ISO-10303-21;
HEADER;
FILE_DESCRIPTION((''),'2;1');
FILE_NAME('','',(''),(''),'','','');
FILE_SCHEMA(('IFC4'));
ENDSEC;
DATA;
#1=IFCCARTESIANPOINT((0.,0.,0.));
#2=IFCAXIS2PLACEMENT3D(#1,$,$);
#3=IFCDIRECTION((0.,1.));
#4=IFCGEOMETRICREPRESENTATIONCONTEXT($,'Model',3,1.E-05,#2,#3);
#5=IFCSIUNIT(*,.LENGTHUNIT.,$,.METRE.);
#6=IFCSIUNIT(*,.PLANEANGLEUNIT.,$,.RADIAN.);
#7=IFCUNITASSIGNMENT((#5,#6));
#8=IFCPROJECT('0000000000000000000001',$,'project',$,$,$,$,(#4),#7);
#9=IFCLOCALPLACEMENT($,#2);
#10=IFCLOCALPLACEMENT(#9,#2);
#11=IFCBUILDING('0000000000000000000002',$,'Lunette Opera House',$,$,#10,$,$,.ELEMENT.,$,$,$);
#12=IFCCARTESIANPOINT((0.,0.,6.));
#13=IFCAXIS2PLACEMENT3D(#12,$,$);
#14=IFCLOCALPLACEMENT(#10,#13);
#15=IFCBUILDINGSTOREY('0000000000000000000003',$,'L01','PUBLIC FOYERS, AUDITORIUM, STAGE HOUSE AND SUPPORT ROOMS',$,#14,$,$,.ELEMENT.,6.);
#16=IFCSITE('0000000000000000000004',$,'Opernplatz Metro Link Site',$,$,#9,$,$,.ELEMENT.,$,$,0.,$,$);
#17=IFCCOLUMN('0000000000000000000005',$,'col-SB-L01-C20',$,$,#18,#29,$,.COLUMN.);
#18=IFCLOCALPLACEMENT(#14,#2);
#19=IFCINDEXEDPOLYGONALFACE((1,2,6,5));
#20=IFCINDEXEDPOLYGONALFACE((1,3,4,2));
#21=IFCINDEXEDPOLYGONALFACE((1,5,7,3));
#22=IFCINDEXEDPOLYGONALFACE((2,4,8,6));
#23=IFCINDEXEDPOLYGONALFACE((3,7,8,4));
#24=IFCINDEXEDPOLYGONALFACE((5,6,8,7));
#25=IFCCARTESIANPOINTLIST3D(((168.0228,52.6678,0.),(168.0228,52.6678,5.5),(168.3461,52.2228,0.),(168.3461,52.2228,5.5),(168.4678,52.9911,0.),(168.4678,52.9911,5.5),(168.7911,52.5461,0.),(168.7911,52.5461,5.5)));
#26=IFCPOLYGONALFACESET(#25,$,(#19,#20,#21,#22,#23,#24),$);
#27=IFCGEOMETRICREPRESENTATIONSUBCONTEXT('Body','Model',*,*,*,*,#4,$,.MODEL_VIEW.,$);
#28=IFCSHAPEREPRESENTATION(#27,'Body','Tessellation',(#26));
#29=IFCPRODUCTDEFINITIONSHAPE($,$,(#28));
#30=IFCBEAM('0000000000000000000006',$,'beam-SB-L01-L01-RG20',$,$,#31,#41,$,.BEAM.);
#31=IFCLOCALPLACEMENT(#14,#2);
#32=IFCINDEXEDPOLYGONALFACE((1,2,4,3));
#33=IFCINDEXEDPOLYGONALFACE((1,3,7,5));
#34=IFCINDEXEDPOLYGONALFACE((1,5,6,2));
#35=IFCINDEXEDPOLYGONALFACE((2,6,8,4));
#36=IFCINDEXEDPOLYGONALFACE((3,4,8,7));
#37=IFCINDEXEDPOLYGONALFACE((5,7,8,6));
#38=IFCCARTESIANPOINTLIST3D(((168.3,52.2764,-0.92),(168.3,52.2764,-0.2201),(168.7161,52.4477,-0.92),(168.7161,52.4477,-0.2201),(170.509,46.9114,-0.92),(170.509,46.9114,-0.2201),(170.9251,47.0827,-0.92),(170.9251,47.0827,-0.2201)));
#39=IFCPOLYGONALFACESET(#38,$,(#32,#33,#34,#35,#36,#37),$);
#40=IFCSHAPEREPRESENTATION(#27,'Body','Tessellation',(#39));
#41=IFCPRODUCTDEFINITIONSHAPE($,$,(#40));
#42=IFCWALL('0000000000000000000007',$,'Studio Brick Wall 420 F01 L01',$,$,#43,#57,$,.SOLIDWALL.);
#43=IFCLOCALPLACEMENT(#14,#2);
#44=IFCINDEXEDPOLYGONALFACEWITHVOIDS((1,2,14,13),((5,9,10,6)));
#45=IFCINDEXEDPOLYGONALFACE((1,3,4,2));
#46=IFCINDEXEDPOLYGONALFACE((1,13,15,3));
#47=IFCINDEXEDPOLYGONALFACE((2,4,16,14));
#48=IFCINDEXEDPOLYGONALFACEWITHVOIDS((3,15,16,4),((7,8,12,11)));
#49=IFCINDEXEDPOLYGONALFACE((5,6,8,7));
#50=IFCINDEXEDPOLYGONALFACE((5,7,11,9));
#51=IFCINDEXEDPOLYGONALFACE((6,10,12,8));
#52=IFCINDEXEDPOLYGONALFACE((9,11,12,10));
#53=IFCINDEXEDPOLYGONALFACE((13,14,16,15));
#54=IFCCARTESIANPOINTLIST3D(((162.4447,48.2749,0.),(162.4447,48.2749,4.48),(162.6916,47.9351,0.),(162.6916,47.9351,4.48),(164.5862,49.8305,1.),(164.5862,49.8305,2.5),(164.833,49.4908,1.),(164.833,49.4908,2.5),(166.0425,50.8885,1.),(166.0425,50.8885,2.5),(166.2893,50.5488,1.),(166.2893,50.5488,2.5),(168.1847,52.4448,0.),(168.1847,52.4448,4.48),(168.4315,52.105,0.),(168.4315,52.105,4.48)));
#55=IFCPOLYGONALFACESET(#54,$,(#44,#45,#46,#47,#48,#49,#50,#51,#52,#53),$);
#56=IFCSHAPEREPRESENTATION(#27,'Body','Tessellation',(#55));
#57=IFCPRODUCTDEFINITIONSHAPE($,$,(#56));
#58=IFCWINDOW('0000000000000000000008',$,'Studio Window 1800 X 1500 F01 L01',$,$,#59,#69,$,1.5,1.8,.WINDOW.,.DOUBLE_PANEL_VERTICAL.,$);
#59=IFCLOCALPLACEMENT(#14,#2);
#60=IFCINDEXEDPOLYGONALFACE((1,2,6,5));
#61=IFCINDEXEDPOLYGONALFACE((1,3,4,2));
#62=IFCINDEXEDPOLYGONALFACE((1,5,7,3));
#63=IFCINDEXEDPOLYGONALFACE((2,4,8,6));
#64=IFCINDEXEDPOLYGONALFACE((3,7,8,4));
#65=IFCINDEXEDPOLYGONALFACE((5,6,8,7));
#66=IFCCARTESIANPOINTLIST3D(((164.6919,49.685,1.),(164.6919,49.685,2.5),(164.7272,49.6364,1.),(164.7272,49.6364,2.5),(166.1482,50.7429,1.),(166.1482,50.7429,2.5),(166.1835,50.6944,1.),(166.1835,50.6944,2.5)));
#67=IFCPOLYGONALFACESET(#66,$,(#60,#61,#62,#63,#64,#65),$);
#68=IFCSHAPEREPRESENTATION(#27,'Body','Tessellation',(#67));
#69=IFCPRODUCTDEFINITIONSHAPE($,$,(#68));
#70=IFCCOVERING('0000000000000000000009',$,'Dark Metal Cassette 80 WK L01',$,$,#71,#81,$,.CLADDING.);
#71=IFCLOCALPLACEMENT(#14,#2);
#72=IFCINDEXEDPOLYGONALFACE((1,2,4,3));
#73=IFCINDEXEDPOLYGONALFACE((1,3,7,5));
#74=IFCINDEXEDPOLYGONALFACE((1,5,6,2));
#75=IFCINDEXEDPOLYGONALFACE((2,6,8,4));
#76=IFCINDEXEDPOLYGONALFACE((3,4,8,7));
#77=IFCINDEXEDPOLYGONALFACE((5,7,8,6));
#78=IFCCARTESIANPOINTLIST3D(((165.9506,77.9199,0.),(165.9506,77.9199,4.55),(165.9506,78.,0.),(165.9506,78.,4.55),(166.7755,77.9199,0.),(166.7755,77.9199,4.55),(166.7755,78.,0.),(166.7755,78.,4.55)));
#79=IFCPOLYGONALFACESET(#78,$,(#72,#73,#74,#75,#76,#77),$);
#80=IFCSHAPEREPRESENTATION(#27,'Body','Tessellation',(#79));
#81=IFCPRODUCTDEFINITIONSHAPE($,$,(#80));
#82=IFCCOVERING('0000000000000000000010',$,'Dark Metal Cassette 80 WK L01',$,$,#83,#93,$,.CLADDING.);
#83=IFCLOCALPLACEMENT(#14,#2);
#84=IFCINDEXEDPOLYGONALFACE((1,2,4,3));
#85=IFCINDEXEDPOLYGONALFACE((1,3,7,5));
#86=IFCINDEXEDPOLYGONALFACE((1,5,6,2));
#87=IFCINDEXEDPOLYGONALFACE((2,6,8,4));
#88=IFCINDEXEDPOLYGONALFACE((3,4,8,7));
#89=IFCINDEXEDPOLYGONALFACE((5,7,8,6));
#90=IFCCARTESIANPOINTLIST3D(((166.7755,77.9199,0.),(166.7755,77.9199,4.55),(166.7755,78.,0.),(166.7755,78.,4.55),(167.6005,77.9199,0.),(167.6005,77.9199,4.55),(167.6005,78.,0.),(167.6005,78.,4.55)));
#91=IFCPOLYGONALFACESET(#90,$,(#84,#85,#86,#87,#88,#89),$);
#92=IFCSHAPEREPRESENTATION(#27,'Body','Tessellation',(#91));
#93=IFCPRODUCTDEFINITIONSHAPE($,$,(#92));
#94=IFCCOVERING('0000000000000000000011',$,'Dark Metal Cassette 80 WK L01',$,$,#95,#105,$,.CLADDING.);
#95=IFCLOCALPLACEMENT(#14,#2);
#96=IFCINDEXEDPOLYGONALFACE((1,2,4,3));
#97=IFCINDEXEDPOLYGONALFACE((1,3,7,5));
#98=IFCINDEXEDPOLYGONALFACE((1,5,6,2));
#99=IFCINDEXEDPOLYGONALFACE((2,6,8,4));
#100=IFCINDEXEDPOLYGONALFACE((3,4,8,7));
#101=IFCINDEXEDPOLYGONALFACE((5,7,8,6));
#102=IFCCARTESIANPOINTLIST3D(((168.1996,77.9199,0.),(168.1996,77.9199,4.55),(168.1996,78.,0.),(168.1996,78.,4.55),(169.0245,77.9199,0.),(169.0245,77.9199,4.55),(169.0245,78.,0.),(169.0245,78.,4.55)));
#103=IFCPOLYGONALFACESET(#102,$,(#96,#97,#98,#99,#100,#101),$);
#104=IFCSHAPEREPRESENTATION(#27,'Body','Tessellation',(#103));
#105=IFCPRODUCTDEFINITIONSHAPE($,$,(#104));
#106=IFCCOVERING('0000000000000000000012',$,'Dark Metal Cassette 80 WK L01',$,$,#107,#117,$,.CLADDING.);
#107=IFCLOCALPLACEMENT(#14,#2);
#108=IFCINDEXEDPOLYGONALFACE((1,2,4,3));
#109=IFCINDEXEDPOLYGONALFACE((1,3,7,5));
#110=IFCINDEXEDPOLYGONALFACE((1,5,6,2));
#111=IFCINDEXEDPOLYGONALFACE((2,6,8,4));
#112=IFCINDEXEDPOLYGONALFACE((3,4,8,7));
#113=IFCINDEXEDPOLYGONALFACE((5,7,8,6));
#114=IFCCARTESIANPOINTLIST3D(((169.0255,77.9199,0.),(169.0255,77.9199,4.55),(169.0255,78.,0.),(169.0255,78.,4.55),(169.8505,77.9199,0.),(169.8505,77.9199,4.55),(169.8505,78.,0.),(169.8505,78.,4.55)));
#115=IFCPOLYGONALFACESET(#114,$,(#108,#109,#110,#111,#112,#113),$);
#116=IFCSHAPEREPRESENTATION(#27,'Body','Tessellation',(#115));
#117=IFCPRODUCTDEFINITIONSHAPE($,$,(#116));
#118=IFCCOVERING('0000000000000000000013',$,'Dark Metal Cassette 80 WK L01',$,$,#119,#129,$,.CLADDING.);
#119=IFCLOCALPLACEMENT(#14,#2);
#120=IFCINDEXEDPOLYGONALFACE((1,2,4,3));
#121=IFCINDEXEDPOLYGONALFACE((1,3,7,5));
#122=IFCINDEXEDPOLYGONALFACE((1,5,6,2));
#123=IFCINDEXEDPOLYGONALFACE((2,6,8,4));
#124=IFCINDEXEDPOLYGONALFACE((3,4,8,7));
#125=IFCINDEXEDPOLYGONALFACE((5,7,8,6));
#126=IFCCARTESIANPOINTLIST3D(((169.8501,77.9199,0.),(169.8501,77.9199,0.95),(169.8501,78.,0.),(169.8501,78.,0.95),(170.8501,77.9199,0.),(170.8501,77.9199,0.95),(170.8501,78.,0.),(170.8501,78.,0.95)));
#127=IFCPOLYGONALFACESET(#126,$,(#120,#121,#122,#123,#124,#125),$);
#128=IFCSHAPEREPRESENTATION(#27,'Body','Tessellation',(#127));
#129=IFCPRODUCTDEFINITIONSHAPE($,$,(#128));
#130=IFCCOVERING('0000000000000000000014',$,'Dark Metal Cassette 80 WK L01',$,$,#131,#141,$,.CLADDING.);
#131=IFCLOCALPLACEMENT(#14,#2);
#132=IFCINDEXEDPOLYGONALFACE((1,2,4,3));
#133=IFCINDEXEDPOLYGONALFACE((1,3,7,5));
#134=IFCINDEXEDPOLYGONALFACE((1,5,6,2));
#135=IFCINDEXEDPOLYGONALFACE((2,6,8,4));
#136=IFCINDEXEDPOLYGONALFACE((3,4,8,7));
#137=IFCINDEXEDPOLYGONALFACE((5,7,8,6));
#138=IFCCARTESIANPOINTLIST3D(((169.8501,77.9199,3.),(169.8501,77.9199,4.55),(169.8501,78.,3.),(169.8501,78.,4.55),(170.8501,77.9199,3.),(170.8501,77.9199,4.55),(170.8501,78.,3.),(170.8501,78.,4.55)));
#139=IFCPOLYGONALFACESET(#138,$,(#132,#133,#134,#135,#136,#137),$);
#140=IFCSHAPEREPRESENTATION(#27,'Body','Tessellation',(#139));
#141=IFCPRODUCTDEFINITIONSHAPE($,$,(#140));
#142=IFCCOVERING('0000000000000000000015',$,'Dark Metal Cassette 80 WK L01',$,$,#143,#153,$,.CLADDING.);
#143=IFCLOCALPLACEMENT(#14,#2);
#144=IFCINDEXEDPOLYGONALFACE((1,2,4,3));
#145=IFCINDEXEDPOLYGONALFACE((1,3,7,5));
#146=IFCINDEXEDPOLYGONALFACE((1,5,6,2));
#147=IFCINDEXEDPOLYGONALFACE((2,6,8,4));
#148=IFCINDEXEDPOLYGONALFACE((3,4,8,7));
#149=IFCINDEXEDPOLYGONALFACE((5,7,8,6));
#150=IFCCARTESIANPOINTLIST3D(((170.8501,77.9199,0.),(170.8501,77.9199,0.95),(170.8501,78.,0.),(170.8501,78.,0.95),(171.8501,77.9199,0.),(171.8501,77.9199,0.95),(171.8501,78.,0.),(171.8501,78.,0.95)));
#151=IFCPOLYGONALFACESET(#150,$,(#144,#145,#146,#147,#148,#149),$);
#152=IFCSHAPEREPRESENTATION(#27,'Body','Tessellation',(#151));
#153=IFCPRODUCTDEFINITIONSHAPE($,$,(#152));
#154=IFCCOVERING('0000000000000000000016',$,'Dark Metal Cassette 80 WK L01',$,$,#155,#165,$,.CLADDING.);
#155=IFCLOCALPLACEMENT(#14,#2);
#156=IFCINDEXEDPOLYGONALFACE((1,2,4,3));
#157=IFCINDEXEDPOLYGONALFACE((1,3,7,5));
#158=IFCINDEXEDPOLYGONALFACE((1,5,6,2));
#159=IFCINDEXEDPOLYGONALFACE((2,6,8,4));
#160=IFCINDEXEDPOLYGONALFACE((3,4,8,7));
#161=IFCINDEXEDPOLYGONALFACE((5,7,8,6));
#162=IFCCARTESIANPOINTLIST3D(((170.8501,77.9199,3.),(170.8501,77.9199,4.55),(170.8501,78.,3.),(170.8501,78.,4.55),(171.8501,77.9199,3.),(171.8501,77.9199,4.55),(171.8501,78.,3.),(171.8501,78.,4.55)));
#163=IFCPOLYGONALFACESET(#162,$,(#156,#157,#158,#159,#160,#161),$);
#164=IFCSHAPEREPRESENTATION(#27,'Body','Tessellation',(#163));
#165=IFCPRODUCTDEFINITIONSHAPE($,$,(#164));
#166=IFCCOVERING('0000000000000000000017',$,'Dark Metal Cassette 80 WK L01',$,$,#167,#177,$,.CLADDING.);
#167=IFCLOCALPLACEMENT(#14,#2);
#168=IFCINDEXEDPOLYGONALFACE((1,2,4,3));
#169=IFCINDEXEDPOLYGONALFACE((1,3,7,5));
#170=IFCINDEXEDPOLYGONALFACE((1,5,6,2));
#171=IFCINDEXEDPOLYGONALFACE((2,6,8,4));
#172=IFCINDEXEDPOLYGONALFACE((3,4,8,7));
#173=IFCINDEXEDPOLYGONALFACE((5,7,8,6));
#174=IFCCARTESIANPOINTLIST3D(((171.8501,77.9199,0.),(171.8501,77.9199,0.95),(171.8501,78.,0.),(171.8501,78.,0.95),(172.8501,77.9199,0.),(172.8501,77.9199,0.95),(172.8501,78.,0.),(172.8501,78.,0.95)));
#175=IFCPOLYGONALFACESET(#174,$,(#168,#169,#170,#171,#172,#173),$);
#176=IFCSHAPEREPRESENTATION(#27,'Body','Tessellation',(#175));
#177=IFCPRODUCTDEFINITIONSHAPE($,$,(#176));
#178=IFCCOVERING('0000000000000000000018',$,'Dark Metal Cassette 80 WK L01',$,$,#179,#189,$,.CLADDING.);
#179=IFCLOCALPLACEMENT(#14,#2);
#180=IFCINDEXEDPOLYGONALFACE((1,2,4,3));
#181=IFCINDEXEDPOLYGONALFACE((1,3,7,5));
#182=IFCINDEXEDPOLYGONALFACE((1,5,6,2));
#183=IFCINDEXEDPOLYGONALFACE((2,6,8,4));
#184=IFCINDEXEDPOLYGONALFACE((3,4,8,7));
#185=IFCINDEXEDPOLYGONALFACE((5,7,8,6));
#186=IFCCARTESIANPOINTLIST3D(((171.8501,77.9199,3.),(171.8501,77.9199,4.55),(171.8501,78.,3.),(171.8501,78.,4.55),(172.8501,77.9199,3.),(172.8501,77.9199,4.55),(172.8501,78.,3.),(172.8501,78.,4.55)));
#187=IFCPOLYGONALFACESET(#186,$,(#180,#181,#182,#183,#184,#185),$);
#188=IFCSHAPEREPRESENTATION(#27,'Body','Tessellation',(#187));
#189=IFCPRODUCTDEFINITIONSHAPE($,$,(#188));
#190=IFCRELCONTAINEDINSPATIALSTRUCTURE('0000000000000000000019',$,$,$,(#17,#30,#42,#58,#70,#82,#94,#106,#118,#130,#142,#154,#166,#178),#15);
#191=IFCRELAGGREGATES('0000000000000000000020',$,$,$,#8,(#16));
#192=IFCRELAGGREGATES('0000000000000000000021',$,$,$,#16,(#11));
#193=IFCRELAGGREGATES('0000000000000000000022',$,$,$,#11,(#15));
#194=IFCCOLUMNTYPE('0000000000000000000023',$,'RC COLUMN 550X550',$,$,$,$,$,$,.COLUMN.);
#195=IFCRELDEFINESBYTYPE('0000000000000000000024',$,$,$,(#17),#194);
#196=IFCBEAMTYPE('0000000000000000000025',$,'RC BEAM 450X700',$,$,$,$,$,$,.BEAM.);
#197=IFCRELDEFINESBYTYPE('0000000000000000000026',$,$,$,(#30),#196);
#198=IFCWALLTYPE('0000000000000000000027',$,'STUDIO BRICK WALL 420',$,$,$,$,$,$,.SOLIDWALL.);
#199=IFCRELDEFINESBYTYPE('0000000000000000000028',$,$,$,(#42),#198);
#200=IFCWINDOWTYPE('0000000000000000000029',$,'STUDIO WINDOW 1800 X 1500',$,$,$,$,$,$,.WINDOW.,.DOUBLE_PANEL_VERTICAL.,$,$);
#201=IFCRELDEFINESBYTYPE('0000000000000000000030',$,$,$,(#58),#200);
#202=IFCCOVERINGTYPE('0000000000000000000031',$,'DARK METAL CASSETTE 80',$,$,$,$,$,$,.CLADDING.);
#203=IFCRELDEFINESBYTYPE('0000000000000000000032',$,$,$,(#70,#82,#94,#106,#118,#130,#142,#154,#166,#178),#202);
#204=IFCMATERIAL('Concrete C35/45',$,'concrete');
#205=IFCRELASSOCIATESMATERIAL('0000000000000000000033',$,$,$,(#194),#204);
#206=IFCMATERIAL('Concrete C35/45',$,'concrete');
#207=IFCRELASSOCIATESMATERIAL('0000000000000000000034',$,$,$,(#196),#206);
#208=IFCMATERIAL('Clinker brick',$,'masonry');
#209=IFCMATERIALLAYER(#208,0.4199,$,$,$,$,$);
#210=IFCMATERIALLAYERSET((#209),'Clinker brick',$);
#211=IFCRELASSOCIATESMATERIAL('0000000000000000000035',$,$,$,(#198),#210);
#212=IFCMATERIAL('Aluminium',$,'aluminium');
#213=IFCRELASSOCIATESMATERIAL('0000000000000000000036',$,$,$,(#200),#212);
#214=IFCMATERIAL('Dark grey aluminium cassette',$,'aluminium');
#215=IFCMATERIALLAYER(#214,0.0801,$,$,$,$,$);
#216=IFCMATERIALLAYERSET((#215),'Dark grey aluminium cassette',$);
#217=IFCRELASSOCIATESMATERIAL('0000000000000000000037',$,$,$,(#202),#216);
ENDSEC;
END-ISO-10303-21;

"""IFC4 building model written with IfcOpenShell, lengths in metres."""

from ifc_helpers import new_model, si_unit, direction, frame, frame_2d, origin, origin_2d, place, context, subcontext, project, spatial, rectangle, extrude, material, layer, layer_set, material_profile, profile_set, type_object, element, fill, save


model = new_model("IFC4")

# Units and contexts
model_context = context("Model", 3, precision=1e-05, world=origin(), true_north=direction((0.0, 1.0)))
body_context = subcontext(model_context, "Body", "Model", "MODEL_VIEW")
ifc_project = project(units=[si_unit("LENGTHUNIT", "METRE"), si_unit("PLANEANGLEUNIT", "RADIAN")], contexts=[model_context])

# Site, building, storey
site_placement = place(None, origin())
site = spatial("IfcSite", under=ifc_project, at=site_placement, Name="Opernplatz Metro Link Site", CompositionType="ELEMENT", RefElevation=0.0)
building_placement = place(site_placement, origin())
building = spatial("IfcBuilding", under=site, at=building_placement, Name="Lunette Opera House", CompositionType="ELEMENT")
storey_placement = place(building_placement, frame((0.0, 0.0, 6.0)))
storey = spatial("IfcBuildingStorey", under=building, at=storey_placement, Name="L01", Description="PUBLIC FOYERS, AUDITORIUM, STAGE HOUSE AND SUPPORT ROOMS", CompositionType="ELEMENT", Elevation=6.0)

# Column
ifc_material_1 = material(Name="Concrete C35/45", Category="concrete")
ifc_material_profile_1 = material_profile(ifc_material_1, rectangle(XDim=0.55, YDim=0.55, at=origin_2d()), Name="RC COLUMN 550X550")
ifc_profile_set_1 = profile_set([ifc_material_profile_1], Name="Concrete C35/45")
column_type = type_object("IfcColumnType", Name="RC COLUMN 550X550", PredefinedType="COLUMN", material=ifc_profile_set_1)
column_placement = place(storey_placement, frame((168.407, 52.6069, 0.0), z_axis=(0.0, 0.0, 1.0), x_axis=(0.587785, -0.809017, 0.0)))
element("IfcColumn", 1, at=column_placement, inside=storey, type_object=column_type, Name="col-SB-L01-C20", PredefinedType="COLUMN", context=body_context, shape_type="SweptSolid", body=[
    extrude(rectangle(XDim=0.55, YDim=0.55, at=origin_2d()), origin(), (0.0, 0.0, 1.0), 5.5),
])

# Beam
ifc_material_2 = material(Name="Concrete C35/45", Category="concrete")
ifc_material_profile_2 = material_profile(ifc_material_2, rectangle(XDim=0.45, YDim=0.7, at=origin_2d()), Name="RC BEAM 450X700")
ifc_profile_set_2 = profile_set([ifc_material_profile_2], Name="Concrete C35/45")
beam_type = type_object("IfcBeamType", Name="RC BEAM 450X700", PredefinedType="BEAM", material=ifc_profile_set_2)
beam_placement = place(storey_placement, frame((168.5081, 52.3621, -0.5701), z_axis=(0.380731, -0.924686, 0.0), x_axis=(0.924686, 0.380731, 0.0)))
element("IfcBeam", 2, at=beam_placement, inside=storey, type_object=beam_type, Name="beam-SB-L01-L01-RG20", PredefinedType="BEAM", context=body_context, shape_type="SweptSolid", body=[
    extrude(rectangle(XDim=0.45, YDim=0.7, at=origin_2d()), origin(), (0.0, 0.0, 1.0), 5.802),
])

# Wall, opening, window
ifc_material_3 = material(Name="Clinker brick", Category="masonry")
ifc_layer_1 = layer(ifc_material_3, 0.4199)
ifc_layer_set_1 = layer_set([ifc_layer_1], Name="Clinker brick")
wall_type = type_object("IfcWallType", Name="STUDIO BRICK WALL 420", PredefinedType="SOLIDWALL", material=ifc_layer_set_1)
wall_placement = place(storey_placement, frame((168.3081, 52.2749, 0.0), z_axis=(0.0, 0.0, 1.0), x_axis=(-0.809045, -0.587746, 0.0)))
wall = element("IfcWall", 3, at=wall_placement, inside=storey, type_object=wall_type, Name="Studio Brick Wall 420 F01 L01", PredefinedType="SOLIDWALL", context=body_context, shape_type="SweptSolid", body=[
    extrude(rectangle(XDim=7.0947, YDim=0.4199, at=frame_2d((3.5474, 0.0))), origin(), (0.0, 0.0, 1.0), 4.48),
])
opening_placement = place(wall_placement, frame((2.6479, 0.0, 1.0)))
opening = element("IfcOpeningElement", 4, at=opening_placement, cuts=wall, PredefinedType="OPENING", context=body_context, shape_type="SweptSolid", body=[
    extrude(rectangle(XDim=1.8, YDim=1.5, at=frame_2d((0.8999, 0.75))), frame((0.0, 0.2219, 0.0), z_axis=(0.0, -1.0, 0.0), x_axis=(1.0, 0.0, 0.0)), (0.0, 0.0, 1.0), 0.4438),
])
ifc_material_4 = material(Name="Aluminium", Category="aluminium")
window_type = type_object("IfcWindowType", Name="STUDIO WINDOW 1800 X 1500", PartitioningType="DOUBLE_PANEL_VERTICAL", PredefinedType="WINDOW", material=ifc_material_4)
window_placement = place(opening_placement, origin())
window = element("IfcWindow", 5, at=window_placement, inside=storey, type_object=window_type, Name="Studio Window 1800 X 1500 F01 L01", OverallHeight=1.5, OverallWidth=1.8, PartitioningType="DOUBLE_PANEL_VERTICAL", PredefinedType="WINDOW", context=body_context, shape_type="SweptSolid", body=[
    extrude(rectangle(XDim=1.8, YDim=1.5, at=frame_2d((0.8999, 0.75))), frame((0.0, 0.03, 0.0), z_axis=(0.0, -1.0, 0.0), x_axis=(1.0, 0.0, 0.0)), (0.0, 0.0, 1.0), 0.0601),
])
fill(opening, window)

# Coverings
ifc_material_5 = material(Name="Dark grey aluminium cassette", Category="aluminium")
ifc_layer_2 = layer(ifc_material_5, 0.0801)
ifc_layer_set_2 = layer_set([ifc_layer_2], Name="Dark grey aluminium cassette")
covering_type = type_object("IfcCoveringType", Name="DARK METAL CASSETTE 80", PredefinedType="CLADDING", material=ifc_layer_set_2)
for number, where, z_axis, x_axis, name in (
    (6, (166.363, 77.96, 0.0), (0.0, 0.0, 1.0), (1.0, 0.0, 0.0), "Dark Metal Cassette 80 WK L01"),
    (7, (167.188, 77.96, 0.0), (0.0, 0.0, 1.0), (1.0, 0.0, 0.0), "Dark Metal Cassette 80 WK L01"),
    (8, (168.6121, 77.96, 0.0), (0.0, 0.0, 1.0), (1.0, 0.0, 0.0), "Dark Metal Cassette 80 WK L01"),
    (9, (169.438, 77.96, 0.0), (0.0, 0.0, 1.0), (1.0, 0.0, 0.0), "Dark Metal Cassette 80 WK L01"),
):
    element("IfcCovering", number, at=place(storey_placement, frame(where, z_axis=z_axis, x_axis=x_axis)), inside=storey, type_object=covering_type, Name=name, PredefinedType="CLADDING", context=body_context, shape_type="SweptSolid", body=[
        extrude(rectangle(XDim=0.825, YDim=0.0801, at=origin_2d()), origin(), (0.0, 0.0, 1.0), 4.55),
    ])
covering_1_placement = place(storey_placement, frame((170.3501, 77.96, 0.0), z_axis=(0.0, 0.0, 1.0), x_axis=(1.0, 0.0, 0.0)))
element("IfcCovering", 10, at=covering_1_placement, inside=storey, type_object=covering_type, Name="Dark Metal Cassette 80 WK L01", PredefinedType="CLADDING", context=body_context, shape_type="SweptSolid", body=[
    extrude(rectangle(XDim=1.0, YDim=0.0801, at=origin_2d()), origin(), (0.0, 0.0, 1.0), 0.95),
])
covering_2_placement = place(storey_placement, frame((170.3501, 77.96, 3.0), z_axis=(0.0, 0.0, 1.0), x_axis=(1.0, 0.0, 0.0)))
element("IfcCovering", 11, at=covering_2_placement, inside=storey, type_object=covering_type, Name="Dark Metal Cassette 80 WK L01", PredefinedType="CLADDING", context=body_context, shape_type="SweptSolid", body=[
    extrude(rectangle(XDim=1.0, YDim=0.0801, at=origin_2d()), origin(), (0.0, 0.0, 1.0), 1.55),
])
covering_3_placement = place(storey_placement, frame((171.3501, 77.96, 0.0), z_axis=(0.0, 0.0, 1.0), x_axis=(1.0, 0.0, 0.0)))
element("IfcCovering", 12, at=covering_3_placement, inside=storey, type_object=covering_type, Name="Dark Metal Cassette 80 WK L01", PredefinedType="CLADDING", context=body_context, shape_type="SweptSolid", body=[
    extrude(rectangle(XDim=1.0, YDim=0.0801, at=origin_2d()), origin(), (0.0, 0.0, 1.0), 0.95),
])
covering_4_placement = place(storey_placement, frame((171.3501, 77.96, 3.0), z_axis=(0.0, 0.0, 1.0), x_axis=(1.0, 0.0, 0.0)))
element("IfcCovering", 13, at=covering_4_placement, inside=storey, type_object=covering_type, Name="Dark Metal Cassette 80 WK L01", PredefinedType="CLADDING", context=body_context, shape_type="SweptSolid", body=[
    extrude(rectangle(XDim=1.0, YDim=0.0801, at=origin_2d()), origin(), (0.0, 0.0, 1.0), 1.55),
])
covering_5_placement = place(storey_placement, frame((172.3501, 77.96, 0.0), z_axis=(0.0, 0.0, 1.0), x_axis=(1.0, 0.0, 0.0)))
element("IfcCovering", 14, at=covering_5_placement, inside=storey, type_object=covering_type, Name="Dark Metal Cassette 80 WK L01", PredefinedType="CLADDING", context=body_context, shape_type="SweptSolid", body=[
    extrude(rectangle(XDim=1.0, YDim=0.0801, at=origin_2d()), origin(), (0.0, 0.0, 1.0), 0.95),
])
covering_6_placement = place(storey_placement, frame((172.3501, 77.96, 3.0), z_axis=(0.0, 0.0, 1.0), x_axis=(1.0, 0.0, 0.0)))
element("IfcCovering", 15, at=covering_6_placement, inside=storey, type_object=covering_type, Name="Dark Metal Cassette 80 WK L01", PredefinedType="CLADDING", context=body_context, shape_type="SweptSolid", body=[
    extrude(rectangle(XDim=1.0, YDim=0.0801, at=origin_2d()), origin(), (0.0, 0.0, 1.0), 1.55),
])

save(model, "model.ifc")
